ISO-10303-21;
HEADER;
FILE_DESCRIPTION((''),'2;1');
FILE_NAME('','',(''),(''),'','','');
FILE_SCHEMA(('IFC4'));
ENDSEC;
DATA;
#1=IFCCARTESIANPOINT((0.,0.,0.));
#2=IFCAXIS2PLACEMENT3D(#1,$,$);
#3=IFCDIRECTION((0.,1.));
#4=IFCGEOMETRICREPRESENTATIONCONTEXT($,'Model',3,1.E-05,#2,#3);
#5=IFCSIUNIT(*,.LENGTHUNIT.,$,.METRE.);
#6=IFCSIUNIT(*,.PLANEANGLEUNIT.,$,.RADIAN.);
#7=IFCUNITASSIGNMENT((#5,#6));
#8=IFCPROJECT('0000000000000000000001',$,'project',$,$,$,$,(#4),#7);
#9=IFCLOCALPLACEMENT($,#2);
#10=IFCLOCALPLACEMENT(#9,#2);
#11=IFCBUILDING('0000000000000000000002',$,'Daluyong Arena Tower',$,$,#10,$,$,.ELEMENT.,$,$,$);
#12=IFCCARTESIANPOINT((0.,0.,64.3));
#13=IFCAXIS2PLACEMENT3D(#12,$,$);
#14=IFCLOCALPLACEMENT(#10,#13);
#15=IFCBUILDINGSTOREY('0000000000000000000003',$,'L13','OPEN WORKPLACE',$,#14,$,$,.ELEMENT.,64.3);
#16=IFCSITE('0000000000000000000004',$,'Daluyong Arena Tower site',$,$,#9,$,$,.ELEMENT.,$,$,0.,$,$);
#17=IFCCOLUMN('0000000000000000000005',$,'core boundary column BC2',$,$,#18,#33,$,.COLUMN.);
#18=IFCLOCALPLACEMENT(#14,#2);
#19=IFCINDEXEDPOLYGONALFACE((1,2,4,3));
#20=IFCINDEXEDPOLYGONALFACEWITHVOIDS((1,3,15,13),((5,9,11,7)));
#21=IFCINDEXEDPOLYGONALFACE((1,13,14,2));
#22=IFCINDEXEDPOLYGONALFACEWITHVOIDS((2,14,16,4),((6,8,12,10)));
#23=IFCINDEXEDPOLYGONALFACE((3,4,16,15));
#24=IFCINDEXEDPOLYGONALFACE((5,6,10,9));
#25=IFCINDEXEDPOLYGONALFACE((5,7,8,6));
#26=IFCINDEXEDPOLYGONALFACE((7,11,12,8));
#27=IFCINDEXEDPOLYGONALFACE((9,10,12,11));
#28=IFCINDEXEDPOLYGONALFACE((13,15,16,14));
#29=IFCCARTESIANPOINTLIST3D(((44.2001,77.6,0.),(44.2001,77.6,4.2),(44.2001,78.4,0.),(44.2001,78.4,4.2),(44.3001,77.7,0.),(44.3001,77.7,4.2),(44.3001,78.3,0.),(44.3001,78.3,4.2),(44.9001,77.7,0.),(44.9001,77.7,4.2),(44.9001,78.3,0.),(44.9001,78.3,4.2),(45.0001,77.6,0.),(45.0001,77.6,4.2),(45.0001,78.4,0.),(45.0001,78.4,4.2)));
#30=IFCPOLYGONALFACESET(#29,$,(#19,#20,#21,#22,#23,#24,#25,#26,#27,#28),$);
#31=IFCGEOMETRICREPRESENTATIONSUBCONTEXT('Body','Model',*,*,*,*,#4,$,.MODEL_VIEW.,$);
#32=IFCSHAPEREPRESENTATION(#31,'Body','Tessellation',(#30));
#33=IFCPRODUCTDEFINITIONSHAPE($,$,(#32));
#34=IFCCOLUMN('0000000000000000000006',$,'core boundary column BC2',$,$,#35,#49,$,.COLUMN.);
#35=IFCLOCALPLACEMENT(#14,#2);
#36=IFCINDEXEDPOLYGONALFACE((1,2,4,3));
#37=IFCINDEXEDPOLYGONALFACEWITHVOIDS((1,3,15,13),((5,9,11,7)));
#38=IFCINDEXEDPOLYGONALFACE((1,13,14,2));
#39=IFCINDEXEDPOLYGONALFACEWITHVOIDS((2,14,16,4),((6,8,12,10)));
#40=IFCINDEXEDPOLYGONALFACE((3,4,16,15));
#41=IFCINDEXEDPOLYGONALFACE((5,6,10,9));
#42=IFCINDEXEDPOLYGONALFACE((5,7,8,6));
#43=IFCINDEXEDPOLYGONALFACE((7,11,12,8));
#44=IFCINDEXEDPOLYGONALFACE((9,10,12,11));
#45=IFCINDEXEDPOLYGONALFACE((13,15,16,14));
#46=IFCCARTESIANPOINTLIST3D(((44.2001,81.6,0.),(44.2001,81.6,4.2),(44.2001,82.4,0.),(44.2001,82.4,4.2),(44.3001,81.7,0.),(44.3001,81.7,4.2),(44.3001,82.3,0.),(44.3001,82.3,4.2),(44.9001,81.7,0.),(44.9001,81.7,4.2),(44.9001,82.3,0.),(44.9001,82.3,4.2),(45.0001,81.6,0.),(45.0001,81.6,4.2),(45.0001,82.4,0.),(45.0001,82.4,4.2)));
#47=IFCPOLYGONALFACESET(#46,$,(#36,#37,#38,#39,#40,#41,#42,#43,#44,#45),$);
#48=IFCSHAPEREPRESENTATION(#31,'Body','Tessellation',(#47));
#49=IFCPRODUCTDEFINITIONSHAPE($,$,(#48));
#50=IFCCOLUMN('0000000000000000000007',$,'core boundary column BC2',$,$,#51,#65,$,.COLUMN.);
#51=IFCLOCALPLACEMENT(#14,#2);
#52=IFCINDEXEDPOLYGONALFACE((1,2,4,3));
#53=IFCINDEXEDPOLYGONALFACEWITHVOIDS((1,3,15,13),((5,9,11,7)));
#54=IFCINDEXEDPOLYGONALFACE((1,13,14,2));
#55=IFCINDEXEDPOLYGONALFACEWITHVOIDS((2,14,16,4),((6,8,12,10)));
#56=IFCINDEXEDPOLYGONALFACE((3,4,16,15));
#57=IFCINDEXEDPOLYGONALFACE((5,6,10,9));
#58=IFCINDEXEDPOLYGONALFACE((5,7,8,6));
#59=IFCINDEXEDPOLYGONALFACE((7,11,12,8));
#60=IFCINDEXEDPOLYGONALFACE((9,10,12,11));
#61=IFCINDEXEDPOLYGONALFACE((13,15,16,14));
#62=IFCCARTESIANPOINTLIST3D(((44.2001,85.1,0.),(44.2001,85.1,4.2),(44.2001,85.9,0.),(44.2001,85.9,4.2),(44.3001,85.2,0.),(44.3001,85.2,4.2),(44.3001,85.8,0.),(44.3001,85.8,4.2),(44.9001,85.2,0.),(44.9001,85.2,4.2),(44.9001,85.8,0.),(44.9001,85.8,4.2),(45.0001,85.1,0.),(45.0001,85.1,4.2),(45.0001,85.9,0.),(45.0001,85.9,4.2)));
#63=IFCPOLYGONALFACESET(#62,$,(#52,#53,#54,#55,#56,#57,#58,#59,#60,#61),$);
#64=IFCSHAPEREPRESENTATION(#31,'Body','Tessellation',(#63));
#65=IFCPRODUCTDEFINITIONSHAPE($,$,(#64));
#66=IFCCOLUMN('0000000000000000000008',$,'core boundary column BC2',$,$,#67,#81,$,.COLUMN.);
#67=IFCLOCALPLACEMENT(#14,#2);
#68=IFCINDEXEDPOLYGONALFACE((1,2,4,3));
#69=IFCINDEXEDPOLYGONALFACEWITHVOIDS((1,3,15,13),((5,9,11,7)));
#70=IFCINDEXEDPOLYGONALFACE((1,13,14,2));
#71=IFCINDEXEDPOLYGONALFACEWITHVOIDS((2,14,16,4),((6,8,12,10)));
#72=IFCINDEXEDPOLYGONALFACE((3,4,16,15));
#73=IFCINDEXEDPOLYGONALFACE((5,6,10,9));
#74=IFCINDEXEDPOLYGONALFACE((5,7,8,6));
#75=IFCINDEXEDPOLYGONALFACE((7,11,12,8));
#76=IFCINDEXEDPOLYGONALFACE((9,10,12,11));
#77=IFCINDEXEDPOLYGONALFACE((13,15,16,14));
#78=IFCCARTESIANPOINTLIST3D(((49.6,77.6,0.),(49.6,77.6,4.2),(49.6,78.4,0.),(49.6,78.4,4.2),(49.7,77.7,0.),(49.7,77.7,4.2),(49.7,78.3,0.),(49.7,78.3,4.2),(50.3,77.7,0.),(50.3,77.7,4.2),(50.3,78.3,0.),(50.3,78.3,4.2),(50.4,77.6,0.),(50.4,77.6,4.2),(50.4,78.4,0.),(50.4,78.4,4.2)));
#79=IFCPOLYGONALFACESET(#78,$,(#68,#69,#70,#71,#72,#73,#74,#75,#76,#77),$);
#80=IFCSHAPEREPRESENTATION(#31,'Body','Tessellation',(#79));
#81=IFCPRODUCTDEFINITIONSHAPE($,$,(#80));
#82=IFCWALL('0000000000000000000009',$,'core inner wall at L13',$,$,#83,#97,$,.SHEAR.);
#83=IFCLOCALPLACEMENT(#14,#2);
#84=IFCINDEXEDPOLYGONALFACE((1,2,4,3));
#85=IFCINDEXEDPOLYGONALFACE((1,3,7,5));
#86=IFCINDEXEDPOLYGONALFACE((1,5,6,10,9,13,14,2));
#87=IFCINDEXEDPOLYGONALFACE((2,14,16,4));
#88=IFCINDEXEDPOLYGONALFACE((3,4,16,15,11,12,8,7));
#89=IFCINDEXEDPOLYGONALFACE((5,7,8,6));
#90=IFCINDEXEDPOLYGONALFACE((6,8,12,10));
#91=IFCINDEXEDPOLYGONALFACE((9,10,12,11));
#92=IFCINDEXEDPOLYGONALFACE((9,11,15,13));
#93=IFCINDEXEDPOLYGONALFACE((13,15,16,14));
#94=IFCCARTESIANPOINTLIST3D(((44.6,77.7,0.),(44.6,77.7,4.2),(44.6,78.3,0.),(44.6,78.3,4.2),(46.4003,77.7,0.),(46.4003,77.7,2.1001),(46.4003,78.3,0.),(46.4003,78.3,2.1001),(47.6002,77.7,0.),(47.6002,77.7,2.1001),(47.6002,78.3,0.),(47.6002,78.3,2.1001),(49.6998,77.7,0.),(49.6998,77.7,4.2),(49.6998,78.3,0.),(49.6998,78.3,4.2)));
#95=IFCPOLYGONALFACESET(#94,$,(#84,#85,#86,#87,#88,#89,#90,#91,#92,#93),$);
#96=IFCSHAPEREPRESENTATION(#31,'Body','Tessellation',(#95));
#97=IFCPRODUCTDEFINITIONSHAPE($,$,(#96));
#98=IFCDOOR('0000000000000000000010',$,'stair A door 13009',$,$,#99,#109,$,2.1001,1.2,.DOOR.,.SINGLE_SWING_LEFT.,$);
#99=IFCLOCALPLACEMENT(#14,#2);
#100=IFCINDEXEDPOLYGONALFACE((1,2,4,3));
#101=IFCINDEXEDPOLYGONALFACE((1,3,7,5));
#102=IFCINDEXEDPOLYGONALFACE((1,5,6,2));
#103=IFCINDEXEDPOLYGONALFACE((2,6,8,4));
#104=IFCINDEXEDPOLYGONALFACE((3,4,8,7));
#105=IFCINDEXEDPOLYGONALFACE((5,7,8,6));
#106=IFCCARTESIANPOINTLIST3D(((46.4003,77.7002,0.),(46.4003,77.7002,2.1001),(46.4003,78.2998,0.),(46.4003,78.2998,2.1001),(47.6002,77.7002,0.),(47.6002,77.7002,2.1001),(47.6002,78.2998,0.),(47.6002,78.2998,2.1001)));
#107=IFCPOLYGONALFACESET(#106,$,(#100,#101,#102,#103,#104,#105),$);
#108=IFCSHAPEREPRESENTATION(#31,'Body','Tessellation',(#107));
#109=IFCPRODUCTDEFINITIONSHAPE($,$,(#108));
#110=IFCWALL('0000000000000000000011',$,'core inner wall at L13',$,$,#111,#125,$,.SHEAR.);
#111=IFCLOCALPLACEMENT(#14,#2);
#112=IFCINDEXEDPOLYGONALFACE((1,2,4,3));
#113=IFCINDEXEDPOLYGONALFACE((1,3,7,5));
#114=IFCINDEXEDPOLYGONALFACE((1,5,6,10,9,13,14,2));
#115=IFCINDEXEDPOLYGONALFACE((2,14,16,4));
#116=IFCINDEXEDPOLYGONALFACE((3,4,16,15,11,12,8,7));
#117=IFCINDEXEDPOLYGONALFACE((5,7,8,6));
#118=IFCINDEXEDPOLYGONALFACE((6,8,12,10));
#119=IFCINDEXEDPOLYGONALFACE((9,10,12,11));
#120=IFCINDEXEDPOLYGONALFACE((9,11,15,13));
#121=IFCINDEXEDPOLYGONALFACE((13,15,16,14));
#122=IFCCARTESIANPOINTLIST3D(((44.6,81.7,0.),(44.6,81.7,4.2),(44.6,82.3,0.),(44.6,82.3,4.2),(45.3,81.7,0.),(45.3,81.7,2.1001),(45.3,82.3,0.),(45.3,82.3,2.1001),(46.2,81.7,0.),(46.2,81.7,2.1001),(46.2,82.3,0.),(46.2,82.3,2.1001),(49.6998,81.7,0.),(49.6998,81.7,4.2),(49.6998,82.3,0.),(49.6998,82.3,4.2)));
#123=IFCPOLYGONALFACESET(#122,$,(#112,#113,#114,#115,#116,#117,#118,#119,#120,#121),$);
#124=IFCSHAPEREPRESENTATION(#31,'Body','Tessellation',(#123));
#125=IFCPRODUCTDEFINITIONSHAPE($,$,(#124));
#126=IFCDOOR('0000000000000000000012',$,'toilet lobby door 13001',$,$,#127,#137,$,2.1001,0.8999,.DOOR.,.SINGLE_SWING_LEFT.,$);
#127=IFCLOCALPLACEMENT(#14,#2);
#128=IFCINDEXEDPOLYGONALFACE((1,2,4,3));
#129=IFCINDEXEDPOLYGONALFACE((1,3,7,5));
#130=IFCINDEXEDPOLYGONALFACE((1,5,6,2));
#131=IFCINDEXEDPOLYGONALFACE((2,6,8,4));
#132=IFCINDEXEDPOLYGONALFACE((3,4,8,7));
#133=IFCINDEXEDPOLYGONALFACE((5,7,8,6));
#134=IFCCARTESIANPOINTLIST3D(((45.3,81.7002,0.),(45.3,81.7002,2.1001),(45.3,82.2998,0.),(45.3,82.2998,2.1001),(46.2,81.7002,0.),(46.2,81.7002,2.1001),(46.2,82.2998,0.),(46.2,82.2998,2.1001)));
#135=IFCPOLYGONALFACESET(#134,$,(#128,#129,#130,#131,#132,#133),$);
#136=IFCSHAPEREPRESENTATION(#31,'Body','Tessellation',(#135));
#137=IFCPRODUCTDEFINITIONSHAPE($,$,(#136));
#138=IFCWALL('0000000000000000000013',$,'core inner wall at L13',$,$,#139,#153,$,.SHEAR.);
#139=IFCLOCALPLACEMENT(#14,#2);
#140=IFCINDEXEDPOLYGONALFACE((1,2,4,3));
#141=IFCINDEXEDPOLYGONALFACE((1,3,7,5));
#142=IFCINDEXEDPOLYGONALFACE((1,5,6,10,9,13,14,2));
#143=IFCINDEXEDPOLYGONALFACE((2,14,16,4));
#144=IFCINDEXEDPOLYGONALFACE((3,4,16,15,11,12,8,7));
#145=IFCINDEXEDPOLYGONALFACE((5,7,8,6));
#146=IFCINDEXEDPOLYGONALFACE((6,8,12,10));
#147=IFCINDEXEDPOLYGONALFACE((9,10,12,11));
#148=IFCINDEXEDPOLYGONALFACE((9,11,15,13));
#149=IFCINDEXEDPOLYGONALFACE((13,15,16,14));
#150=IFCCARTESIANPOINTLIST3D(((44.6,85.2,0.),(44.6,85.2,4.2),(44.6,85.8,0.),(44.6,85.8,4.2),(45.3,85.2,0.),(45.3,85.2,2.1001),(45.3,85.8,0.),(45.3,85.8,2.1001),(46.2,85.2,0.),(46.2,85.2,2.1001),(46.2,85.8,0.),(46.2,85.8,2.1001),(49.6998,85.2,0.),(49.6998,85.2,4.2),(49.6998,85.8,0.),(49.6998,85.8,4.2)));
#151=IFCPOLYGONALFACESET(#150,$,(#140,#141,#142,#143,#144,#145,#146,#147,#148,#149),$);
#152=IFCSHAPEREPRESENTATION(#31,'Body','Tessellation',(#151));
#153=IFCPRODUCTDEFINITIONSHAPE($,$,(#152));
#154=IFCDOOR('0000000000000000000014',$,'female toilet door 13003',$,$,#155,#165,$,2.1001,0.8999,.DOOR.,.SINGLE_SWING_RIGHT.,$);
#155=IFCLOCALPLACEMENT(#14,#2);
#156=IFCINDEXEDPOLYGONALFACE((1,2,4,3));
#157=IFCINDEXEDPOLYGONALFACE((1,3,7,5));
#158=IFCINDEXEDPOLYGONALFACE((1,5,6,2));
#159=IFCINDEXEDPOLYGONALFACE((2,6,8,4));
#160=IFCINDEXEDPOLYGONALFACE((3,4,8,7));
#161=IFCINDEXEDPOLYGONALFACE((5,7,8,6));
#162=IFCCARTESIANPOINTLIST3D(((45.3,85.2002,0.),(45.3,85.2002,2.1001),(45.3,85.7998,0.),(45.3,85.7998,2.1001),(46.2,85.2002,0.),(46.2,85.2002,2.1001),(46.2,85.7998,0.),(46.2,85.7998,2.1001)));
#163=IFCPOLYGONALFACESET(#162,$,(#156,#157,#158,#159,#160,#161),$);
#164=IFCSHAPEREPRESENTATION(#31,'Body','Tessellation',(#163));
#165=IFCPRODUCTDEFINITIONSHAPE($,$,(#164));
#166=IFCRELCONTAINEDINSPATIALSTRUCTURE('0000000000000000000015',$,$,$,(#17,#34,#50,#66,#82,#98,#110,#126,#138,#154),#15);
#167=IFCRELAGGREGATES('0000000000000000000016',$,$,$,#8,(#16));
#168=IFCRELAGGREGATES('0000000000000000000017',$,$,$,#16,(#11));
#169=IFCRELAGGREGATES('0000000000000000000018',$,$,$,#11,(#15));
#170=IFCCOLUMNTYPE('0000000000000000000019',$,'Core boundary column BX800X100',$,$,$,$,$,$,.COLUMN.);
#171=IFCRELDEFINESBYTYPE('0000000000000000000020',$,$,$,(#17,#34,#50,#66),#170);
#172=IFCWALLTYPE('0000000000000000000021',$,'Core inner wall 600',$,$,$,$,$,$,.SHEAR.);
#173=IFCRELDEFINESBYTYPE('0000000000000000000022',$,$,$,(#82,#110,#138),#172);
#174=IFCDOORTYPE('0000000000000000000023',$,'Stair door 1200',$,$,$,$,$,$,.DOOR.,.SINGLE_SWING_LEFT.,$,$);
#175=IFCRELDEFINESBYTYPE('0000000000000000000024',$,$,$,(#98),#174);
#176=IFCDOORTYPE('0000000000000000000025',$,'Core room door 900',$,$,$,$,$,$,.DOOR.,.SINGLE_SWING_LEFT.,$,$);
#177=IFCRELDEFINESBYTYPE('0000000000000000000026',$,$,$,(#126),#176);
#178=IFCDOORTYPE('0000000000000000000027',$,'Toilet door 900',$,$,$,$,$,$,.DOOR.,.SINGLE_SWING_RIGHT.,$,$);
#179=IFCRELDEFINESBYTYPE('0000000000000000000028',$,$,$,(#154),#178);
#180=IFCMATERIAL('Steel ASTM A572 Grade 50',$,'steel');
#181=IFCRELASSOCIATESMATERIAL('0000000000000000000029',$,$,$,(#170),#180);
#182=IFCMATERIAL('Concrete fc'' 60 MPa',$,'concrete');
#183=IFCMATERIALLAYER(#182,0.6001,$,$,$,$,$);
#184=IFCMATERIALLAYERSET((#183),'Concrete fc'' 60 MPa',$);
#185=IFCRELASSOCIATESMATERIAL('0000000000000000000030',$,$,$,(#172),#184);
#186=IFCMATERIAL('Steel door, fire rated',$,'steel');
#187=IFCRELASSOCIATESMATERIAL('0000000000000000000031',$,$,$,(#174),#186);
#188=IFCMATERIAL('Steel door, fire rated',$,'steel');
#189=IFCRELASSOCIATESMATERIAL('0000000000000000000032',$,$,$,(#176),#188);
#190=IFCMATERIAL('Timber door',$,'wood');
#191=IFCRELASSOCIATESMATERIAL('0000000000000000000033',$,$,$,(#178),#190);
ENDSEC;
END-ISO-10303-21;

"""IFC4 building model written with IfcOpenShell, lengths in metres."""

from ifc_helpers import new_model, si_unit, direction, frame, frame_2d, origin, origin_2d, place, context, subcontext, project, spatial, rectangle, hollow_rectangle, extrude, material, layer, layer_set, material_profile, profile_set, type_object, element, fill, save


model = new_model("IFC4")

# Units and contexts
model_context = context("Model", 3, precision=1e-05, world=origin(), true_north=direction((0.0, 1.0)))
body_context = subcontext(model_context, "Body", "Model", "MODEL_VIEW")
ifc_project = project(units=[si_unit("LENGTHUNIT", "METRE"), si_unit("PLANEANGLEUNIT", "RADIAN")], contexts=[model_context])

# Site, building, storey
site_placement = place(None, origin())
site = spatial("IfcSite", under=ifc_project, at=site_placement, Name="Daluyong Arena Tower site", CompositionType="ELEMENT", RefElevation=0.0)
building_placement = place(site_placement, origin())
building = spatial("IfcBuilding", under=site, at=building_placement, Name="Daluyong Arena Tower", CompositionType="ELEMENT")
storey_placement = place(building_placement, frame((0.0, 0.0, 64.3)))
storey = spatial("IfcBuildingStorey", under=building, at=storey_placement, Name="L13", Description="OPEN WORKPLACE", CompositionType="ELEMENT", Elevation=64.3)

# Columns
ifc_material_1 = material(Name="Steel ASTM A572 Grade 50", Category="steel")
ifc_material_profile = material_profile(ifc_material_1, hollow_rectangle(XDim=0.8, YDim=0.8, WallThickness=0.1, at=origin_2d()))
ifc_profile_set = profile_set([ifc_material_profile], Name="Steel ASTM A572 Grade 50")
column_type = type_object("IfcColumnType", Name="Core boundary column BX800X100", PredefinedType="COLUMN", material=ifc_profile_set)
for number, where, z_axis, x_axis, name in (
    (1, (44.6001, 78.0, 0.0), (0.0, 0.0, 1.0), (1.0, 0.0, 0.0), "core boundary column BC2"),
    (2, (44.6001, 82.0, 0.0), (0.0, 0.0, 1.0), (1.0, 0.0, 0.0), "core boundary column BC2"),
    (3, (44.6001, 85.5, 0.0), (0.0, 0.0, 1.0), (1.0, 0.0, 0.0), "core boundary column BC2"),
    (4, (50.0, 78.0, 0.0), (0.0, 0.0, 1.0), (1.0, 0.0, 0.0), "core boundary column BC2"),
):
    element("IfcColumn", number, at=place(storey_placement, frame(where, z_axis=z_axis, x_axis=x_axis)), inside=storey, type_object=column_type, Name=name, PredefinedType="COLUMN", context=body_context, shape_type="SweptSolid", body=[
        extrude(hollow_rectangle(XDim=0.8, YDim=0.8, WallThickness=0.1, at=origin_2d()), origin(), (0.0, 0.0, 1.0), 4.2),
    ])

# Walls, openings, doors
ifc_material_2 = material(Name="Concrete fc' 60 MPa", Category="concrete")
ifc_layer_1 = layer(ifc_material_2, 0.6001)
ifc_layer_set_1 = layer_set([ifc_layer_1], Name="Concrete fc' 60 MPa")
wall_type_1 = type_object("IfcWallType", Name="Core inner wall 600", PredefinedType="SHEAR", material=ifc_layer_set_1)
wall_1_placement = place(storey_placement, frame((44.6001, 78.0, 0.0), z_axis=(0.0, 0.0, 1.0), x_axis=(1.0, 0.0, 0.0)))
wall_1 = element("IfcWall", 5, at=wall_1_placement, inside=storey, type_object=wall_type_1, Name="core inner wall at L13", PredefinedType="SHEAR", context=body_context, shape_type="SweptSolid", body=[
    extrude(rectangle(XDim=5.0999, YDim=0.6001, at=frame_2d((2.5498, 0.0))), origin(), (0.0, 0.0, 1.0), 4.2),
])
opening_1_placement = place(wall_1_placement, frame((1.8, 0.0, 0.0)))
opening_1 = element("IfcOpeningElement", 6, at=opening_1_placement, cuts=wall_1, PredefinedType="OPENING", context=body_context, shape_type="SweptSolid", body=[
    extrude(rectangle(XDim=1.2, YDim=2.1001, at=frame_2d((0.6001, 1.05))), frame((0.0, 0.3101, 0.0), z_axis=(0.0, -1.0, 0.0), x_axis=(1.0, 0.0, 0.0)), (0.0, 0.0, 1.0), 0.6201),
])
ifc_material_3 = material(Name="Steel door, fire rated", Category="steel")
door_type_1 = type_object("IfcDoorType", Name="Stair door 1200", OperationType="SINGLE_SWING_LEFT", PredefinedType="DOOR", material=ifc_material_3)
door_1_placement = place(opening_1_placement, origin())
door_1 = element("IfcDoor", 7, at=door_1_placement, inside=storey, type_object=door_type_1, Name="stair A door 13009", OperationType="SINGLE_SWING_LEFT", OverallHeight=2.1001, OverallWidth=1.2, PredefinedType="DOOR", context=body_context, shape_type="SweptSolid", body=[
    extrude(rectangle(XDim=1.2, YDim=2.1001, at=frame_2d((0.6001, 1.05))), frame((0.0, 0.2998, 0.0), z_axis=(0.0, -1.0, 0.0), x_axis=(1.0, 0.0, 0.0)), (0.0, 0.0, 1.0), 0.5996),
])
fill(opening_1, door_1)
wall_2_placement = place(storey_placement, frame((44.6001, 82.0, 0.0), z_axis=(0.0, 0.0, 1.0), x_axis=(1.0, 0.0, 0.0)))
wall_2 = element("IfcWall", 8, at=wall_2_placement, inside=storey, type_object=wall_type_1, Name="core inner wall at L13", PredefinedType="SHEAR", context=body_context, shape_type="SweptSolid", body=[
    extrude(rectangle(XDim=5.0999, YDim=0.6001, at=frame_2d((2.5498, 0.0))), origin(), (0.0, 0.0, 1.0), 4.2),
])
opening_2_placement = place(wall_2_placement, frame((0.7, 0.0, 0.0)))
opening_2 = element("IfcOpeningElement", 9, at=opening_2_placement, cuts=wall_2, PredefinedType="OPENING", context=body_context, shape_type="SweptSolid", body=[
    extrude(rectangle(XDim=0.8999, YDim=2.1001, at=frame_2d((0.45, 1.05))), frame((0.0, 0.3101, 0.0), z_axis=(0.0, -1.0, 0.0), x_axis=(1.0, 0.0, 0.0)), (0.0, 0.0, 1.0), 0.6201),
])
ifc_material_4 = material(Name="Steel door, fire rated", Category="steel")
door_type_2 = type_object("IfcDoorType", Name="Core room door 900", OperationType="SINGLE_SWING_LEFT", PredefinedType="DOOR", material=ifc_material_4)
door_2_placement = place(opening_2_placement, origin())
door_2 = element("IfcDoor", 10, at=door_2_placement, inside=storey, type_object=door_type_2, Name="toilet lobby door 13001", OperationType="SINGLE_SWING_LEFT", OverallHeight=2.1001, OverallWidth=0.8999, PredefinedType="DOOR", context=body_context, shape_type="SweptSolid", body=[
    extrude(rectangle(XDim=0.8999, YDim=2.1001, at=frame_2d((0.45, 1.05))), frame((0.0, 0.2998, 0.0), z_axis=(0.0, -1.0, 0.0), x_axis=(1.0, 0.0, 0.0)), (0.0, 0.0, 1.0), 0.5996),
])
fill(opening_2, door_2)
wall_3_placement = place(storey_placement, frame((44.6001, 85.5, 0.0), z_axis=(0.0, 0.0, 1.0), x_axis=(1.0, 0.0, 0.0)))
wall_3 = element("IfcWall", 11, at=wall_3_placement, inside=storey, type_object=wall_type_1, Name="core inner wall at L13", PredefinedType="SHEAR", context=body_context, shape_type="SweptSolid", body=[
    extrude(rectangle(XDim=5.0999, YDim=0.6001, at=frame_2d((2.5498, 0.0))), origin(), (0.0, 0.0, 1.0), 4.2),
])
opening_3_placement = place(wall_3_placement, frame((0.7, 0.0, 0.0)))
opening_3 = element("IfcOpeningElement", 12, at=opening_3_placement, cuts=wall_3, PredefinedType="OPENING", context=body_context, shape_type="SweptSolid", body=[
    extrude(rectangle(XDim=0.8999, YDim=2.1001, at=frame_2d((0.45, 1.05))), frame((0.0, 0.3101, 0.0), z_axis=(0.0, -1.0, 0.0), x_axis=(1.0, 0.0, 0.0)), (0.0, 0.0, 1.0), 0.6201),
])
ifc_material_5 = material(Name="Timber door", Category="wood")
door_type_3 = type_object("IfcDoorType", Name="Toilet door 900", OperationType="SINGLE_SWING_RIGHT", PredefinedType="DOOR", material=ifc_material_5)
door_3_placement = place(opening_3_placement, origin())
door_3 = element("IfcDoor", 13, at=door_3_placement, inside=storey, type_object=door_type_3, Name="female toilet door 13003", OperationType="SINGLE_SWING_RIGHT", OverallHeight=2.1001, OverallWidth=0.8999, PredefinedType="DOOR", context=body_context, shape_type="SweptSolid", body=[
    extrude(rectangle(XDim=0.8999, YDim=2.1001, at=frame_2d((0.45, 1.05))), frame((0.0, 0.2998, 0.0), z_axis=(0.0, -1.0, 0.0), x_axis=(1.0, 0.0, 0.0)), (0.0, 0.0, 1.0), 0.5996),
])
fill(opening_3, door_3)

save(model, "model.ifc")
